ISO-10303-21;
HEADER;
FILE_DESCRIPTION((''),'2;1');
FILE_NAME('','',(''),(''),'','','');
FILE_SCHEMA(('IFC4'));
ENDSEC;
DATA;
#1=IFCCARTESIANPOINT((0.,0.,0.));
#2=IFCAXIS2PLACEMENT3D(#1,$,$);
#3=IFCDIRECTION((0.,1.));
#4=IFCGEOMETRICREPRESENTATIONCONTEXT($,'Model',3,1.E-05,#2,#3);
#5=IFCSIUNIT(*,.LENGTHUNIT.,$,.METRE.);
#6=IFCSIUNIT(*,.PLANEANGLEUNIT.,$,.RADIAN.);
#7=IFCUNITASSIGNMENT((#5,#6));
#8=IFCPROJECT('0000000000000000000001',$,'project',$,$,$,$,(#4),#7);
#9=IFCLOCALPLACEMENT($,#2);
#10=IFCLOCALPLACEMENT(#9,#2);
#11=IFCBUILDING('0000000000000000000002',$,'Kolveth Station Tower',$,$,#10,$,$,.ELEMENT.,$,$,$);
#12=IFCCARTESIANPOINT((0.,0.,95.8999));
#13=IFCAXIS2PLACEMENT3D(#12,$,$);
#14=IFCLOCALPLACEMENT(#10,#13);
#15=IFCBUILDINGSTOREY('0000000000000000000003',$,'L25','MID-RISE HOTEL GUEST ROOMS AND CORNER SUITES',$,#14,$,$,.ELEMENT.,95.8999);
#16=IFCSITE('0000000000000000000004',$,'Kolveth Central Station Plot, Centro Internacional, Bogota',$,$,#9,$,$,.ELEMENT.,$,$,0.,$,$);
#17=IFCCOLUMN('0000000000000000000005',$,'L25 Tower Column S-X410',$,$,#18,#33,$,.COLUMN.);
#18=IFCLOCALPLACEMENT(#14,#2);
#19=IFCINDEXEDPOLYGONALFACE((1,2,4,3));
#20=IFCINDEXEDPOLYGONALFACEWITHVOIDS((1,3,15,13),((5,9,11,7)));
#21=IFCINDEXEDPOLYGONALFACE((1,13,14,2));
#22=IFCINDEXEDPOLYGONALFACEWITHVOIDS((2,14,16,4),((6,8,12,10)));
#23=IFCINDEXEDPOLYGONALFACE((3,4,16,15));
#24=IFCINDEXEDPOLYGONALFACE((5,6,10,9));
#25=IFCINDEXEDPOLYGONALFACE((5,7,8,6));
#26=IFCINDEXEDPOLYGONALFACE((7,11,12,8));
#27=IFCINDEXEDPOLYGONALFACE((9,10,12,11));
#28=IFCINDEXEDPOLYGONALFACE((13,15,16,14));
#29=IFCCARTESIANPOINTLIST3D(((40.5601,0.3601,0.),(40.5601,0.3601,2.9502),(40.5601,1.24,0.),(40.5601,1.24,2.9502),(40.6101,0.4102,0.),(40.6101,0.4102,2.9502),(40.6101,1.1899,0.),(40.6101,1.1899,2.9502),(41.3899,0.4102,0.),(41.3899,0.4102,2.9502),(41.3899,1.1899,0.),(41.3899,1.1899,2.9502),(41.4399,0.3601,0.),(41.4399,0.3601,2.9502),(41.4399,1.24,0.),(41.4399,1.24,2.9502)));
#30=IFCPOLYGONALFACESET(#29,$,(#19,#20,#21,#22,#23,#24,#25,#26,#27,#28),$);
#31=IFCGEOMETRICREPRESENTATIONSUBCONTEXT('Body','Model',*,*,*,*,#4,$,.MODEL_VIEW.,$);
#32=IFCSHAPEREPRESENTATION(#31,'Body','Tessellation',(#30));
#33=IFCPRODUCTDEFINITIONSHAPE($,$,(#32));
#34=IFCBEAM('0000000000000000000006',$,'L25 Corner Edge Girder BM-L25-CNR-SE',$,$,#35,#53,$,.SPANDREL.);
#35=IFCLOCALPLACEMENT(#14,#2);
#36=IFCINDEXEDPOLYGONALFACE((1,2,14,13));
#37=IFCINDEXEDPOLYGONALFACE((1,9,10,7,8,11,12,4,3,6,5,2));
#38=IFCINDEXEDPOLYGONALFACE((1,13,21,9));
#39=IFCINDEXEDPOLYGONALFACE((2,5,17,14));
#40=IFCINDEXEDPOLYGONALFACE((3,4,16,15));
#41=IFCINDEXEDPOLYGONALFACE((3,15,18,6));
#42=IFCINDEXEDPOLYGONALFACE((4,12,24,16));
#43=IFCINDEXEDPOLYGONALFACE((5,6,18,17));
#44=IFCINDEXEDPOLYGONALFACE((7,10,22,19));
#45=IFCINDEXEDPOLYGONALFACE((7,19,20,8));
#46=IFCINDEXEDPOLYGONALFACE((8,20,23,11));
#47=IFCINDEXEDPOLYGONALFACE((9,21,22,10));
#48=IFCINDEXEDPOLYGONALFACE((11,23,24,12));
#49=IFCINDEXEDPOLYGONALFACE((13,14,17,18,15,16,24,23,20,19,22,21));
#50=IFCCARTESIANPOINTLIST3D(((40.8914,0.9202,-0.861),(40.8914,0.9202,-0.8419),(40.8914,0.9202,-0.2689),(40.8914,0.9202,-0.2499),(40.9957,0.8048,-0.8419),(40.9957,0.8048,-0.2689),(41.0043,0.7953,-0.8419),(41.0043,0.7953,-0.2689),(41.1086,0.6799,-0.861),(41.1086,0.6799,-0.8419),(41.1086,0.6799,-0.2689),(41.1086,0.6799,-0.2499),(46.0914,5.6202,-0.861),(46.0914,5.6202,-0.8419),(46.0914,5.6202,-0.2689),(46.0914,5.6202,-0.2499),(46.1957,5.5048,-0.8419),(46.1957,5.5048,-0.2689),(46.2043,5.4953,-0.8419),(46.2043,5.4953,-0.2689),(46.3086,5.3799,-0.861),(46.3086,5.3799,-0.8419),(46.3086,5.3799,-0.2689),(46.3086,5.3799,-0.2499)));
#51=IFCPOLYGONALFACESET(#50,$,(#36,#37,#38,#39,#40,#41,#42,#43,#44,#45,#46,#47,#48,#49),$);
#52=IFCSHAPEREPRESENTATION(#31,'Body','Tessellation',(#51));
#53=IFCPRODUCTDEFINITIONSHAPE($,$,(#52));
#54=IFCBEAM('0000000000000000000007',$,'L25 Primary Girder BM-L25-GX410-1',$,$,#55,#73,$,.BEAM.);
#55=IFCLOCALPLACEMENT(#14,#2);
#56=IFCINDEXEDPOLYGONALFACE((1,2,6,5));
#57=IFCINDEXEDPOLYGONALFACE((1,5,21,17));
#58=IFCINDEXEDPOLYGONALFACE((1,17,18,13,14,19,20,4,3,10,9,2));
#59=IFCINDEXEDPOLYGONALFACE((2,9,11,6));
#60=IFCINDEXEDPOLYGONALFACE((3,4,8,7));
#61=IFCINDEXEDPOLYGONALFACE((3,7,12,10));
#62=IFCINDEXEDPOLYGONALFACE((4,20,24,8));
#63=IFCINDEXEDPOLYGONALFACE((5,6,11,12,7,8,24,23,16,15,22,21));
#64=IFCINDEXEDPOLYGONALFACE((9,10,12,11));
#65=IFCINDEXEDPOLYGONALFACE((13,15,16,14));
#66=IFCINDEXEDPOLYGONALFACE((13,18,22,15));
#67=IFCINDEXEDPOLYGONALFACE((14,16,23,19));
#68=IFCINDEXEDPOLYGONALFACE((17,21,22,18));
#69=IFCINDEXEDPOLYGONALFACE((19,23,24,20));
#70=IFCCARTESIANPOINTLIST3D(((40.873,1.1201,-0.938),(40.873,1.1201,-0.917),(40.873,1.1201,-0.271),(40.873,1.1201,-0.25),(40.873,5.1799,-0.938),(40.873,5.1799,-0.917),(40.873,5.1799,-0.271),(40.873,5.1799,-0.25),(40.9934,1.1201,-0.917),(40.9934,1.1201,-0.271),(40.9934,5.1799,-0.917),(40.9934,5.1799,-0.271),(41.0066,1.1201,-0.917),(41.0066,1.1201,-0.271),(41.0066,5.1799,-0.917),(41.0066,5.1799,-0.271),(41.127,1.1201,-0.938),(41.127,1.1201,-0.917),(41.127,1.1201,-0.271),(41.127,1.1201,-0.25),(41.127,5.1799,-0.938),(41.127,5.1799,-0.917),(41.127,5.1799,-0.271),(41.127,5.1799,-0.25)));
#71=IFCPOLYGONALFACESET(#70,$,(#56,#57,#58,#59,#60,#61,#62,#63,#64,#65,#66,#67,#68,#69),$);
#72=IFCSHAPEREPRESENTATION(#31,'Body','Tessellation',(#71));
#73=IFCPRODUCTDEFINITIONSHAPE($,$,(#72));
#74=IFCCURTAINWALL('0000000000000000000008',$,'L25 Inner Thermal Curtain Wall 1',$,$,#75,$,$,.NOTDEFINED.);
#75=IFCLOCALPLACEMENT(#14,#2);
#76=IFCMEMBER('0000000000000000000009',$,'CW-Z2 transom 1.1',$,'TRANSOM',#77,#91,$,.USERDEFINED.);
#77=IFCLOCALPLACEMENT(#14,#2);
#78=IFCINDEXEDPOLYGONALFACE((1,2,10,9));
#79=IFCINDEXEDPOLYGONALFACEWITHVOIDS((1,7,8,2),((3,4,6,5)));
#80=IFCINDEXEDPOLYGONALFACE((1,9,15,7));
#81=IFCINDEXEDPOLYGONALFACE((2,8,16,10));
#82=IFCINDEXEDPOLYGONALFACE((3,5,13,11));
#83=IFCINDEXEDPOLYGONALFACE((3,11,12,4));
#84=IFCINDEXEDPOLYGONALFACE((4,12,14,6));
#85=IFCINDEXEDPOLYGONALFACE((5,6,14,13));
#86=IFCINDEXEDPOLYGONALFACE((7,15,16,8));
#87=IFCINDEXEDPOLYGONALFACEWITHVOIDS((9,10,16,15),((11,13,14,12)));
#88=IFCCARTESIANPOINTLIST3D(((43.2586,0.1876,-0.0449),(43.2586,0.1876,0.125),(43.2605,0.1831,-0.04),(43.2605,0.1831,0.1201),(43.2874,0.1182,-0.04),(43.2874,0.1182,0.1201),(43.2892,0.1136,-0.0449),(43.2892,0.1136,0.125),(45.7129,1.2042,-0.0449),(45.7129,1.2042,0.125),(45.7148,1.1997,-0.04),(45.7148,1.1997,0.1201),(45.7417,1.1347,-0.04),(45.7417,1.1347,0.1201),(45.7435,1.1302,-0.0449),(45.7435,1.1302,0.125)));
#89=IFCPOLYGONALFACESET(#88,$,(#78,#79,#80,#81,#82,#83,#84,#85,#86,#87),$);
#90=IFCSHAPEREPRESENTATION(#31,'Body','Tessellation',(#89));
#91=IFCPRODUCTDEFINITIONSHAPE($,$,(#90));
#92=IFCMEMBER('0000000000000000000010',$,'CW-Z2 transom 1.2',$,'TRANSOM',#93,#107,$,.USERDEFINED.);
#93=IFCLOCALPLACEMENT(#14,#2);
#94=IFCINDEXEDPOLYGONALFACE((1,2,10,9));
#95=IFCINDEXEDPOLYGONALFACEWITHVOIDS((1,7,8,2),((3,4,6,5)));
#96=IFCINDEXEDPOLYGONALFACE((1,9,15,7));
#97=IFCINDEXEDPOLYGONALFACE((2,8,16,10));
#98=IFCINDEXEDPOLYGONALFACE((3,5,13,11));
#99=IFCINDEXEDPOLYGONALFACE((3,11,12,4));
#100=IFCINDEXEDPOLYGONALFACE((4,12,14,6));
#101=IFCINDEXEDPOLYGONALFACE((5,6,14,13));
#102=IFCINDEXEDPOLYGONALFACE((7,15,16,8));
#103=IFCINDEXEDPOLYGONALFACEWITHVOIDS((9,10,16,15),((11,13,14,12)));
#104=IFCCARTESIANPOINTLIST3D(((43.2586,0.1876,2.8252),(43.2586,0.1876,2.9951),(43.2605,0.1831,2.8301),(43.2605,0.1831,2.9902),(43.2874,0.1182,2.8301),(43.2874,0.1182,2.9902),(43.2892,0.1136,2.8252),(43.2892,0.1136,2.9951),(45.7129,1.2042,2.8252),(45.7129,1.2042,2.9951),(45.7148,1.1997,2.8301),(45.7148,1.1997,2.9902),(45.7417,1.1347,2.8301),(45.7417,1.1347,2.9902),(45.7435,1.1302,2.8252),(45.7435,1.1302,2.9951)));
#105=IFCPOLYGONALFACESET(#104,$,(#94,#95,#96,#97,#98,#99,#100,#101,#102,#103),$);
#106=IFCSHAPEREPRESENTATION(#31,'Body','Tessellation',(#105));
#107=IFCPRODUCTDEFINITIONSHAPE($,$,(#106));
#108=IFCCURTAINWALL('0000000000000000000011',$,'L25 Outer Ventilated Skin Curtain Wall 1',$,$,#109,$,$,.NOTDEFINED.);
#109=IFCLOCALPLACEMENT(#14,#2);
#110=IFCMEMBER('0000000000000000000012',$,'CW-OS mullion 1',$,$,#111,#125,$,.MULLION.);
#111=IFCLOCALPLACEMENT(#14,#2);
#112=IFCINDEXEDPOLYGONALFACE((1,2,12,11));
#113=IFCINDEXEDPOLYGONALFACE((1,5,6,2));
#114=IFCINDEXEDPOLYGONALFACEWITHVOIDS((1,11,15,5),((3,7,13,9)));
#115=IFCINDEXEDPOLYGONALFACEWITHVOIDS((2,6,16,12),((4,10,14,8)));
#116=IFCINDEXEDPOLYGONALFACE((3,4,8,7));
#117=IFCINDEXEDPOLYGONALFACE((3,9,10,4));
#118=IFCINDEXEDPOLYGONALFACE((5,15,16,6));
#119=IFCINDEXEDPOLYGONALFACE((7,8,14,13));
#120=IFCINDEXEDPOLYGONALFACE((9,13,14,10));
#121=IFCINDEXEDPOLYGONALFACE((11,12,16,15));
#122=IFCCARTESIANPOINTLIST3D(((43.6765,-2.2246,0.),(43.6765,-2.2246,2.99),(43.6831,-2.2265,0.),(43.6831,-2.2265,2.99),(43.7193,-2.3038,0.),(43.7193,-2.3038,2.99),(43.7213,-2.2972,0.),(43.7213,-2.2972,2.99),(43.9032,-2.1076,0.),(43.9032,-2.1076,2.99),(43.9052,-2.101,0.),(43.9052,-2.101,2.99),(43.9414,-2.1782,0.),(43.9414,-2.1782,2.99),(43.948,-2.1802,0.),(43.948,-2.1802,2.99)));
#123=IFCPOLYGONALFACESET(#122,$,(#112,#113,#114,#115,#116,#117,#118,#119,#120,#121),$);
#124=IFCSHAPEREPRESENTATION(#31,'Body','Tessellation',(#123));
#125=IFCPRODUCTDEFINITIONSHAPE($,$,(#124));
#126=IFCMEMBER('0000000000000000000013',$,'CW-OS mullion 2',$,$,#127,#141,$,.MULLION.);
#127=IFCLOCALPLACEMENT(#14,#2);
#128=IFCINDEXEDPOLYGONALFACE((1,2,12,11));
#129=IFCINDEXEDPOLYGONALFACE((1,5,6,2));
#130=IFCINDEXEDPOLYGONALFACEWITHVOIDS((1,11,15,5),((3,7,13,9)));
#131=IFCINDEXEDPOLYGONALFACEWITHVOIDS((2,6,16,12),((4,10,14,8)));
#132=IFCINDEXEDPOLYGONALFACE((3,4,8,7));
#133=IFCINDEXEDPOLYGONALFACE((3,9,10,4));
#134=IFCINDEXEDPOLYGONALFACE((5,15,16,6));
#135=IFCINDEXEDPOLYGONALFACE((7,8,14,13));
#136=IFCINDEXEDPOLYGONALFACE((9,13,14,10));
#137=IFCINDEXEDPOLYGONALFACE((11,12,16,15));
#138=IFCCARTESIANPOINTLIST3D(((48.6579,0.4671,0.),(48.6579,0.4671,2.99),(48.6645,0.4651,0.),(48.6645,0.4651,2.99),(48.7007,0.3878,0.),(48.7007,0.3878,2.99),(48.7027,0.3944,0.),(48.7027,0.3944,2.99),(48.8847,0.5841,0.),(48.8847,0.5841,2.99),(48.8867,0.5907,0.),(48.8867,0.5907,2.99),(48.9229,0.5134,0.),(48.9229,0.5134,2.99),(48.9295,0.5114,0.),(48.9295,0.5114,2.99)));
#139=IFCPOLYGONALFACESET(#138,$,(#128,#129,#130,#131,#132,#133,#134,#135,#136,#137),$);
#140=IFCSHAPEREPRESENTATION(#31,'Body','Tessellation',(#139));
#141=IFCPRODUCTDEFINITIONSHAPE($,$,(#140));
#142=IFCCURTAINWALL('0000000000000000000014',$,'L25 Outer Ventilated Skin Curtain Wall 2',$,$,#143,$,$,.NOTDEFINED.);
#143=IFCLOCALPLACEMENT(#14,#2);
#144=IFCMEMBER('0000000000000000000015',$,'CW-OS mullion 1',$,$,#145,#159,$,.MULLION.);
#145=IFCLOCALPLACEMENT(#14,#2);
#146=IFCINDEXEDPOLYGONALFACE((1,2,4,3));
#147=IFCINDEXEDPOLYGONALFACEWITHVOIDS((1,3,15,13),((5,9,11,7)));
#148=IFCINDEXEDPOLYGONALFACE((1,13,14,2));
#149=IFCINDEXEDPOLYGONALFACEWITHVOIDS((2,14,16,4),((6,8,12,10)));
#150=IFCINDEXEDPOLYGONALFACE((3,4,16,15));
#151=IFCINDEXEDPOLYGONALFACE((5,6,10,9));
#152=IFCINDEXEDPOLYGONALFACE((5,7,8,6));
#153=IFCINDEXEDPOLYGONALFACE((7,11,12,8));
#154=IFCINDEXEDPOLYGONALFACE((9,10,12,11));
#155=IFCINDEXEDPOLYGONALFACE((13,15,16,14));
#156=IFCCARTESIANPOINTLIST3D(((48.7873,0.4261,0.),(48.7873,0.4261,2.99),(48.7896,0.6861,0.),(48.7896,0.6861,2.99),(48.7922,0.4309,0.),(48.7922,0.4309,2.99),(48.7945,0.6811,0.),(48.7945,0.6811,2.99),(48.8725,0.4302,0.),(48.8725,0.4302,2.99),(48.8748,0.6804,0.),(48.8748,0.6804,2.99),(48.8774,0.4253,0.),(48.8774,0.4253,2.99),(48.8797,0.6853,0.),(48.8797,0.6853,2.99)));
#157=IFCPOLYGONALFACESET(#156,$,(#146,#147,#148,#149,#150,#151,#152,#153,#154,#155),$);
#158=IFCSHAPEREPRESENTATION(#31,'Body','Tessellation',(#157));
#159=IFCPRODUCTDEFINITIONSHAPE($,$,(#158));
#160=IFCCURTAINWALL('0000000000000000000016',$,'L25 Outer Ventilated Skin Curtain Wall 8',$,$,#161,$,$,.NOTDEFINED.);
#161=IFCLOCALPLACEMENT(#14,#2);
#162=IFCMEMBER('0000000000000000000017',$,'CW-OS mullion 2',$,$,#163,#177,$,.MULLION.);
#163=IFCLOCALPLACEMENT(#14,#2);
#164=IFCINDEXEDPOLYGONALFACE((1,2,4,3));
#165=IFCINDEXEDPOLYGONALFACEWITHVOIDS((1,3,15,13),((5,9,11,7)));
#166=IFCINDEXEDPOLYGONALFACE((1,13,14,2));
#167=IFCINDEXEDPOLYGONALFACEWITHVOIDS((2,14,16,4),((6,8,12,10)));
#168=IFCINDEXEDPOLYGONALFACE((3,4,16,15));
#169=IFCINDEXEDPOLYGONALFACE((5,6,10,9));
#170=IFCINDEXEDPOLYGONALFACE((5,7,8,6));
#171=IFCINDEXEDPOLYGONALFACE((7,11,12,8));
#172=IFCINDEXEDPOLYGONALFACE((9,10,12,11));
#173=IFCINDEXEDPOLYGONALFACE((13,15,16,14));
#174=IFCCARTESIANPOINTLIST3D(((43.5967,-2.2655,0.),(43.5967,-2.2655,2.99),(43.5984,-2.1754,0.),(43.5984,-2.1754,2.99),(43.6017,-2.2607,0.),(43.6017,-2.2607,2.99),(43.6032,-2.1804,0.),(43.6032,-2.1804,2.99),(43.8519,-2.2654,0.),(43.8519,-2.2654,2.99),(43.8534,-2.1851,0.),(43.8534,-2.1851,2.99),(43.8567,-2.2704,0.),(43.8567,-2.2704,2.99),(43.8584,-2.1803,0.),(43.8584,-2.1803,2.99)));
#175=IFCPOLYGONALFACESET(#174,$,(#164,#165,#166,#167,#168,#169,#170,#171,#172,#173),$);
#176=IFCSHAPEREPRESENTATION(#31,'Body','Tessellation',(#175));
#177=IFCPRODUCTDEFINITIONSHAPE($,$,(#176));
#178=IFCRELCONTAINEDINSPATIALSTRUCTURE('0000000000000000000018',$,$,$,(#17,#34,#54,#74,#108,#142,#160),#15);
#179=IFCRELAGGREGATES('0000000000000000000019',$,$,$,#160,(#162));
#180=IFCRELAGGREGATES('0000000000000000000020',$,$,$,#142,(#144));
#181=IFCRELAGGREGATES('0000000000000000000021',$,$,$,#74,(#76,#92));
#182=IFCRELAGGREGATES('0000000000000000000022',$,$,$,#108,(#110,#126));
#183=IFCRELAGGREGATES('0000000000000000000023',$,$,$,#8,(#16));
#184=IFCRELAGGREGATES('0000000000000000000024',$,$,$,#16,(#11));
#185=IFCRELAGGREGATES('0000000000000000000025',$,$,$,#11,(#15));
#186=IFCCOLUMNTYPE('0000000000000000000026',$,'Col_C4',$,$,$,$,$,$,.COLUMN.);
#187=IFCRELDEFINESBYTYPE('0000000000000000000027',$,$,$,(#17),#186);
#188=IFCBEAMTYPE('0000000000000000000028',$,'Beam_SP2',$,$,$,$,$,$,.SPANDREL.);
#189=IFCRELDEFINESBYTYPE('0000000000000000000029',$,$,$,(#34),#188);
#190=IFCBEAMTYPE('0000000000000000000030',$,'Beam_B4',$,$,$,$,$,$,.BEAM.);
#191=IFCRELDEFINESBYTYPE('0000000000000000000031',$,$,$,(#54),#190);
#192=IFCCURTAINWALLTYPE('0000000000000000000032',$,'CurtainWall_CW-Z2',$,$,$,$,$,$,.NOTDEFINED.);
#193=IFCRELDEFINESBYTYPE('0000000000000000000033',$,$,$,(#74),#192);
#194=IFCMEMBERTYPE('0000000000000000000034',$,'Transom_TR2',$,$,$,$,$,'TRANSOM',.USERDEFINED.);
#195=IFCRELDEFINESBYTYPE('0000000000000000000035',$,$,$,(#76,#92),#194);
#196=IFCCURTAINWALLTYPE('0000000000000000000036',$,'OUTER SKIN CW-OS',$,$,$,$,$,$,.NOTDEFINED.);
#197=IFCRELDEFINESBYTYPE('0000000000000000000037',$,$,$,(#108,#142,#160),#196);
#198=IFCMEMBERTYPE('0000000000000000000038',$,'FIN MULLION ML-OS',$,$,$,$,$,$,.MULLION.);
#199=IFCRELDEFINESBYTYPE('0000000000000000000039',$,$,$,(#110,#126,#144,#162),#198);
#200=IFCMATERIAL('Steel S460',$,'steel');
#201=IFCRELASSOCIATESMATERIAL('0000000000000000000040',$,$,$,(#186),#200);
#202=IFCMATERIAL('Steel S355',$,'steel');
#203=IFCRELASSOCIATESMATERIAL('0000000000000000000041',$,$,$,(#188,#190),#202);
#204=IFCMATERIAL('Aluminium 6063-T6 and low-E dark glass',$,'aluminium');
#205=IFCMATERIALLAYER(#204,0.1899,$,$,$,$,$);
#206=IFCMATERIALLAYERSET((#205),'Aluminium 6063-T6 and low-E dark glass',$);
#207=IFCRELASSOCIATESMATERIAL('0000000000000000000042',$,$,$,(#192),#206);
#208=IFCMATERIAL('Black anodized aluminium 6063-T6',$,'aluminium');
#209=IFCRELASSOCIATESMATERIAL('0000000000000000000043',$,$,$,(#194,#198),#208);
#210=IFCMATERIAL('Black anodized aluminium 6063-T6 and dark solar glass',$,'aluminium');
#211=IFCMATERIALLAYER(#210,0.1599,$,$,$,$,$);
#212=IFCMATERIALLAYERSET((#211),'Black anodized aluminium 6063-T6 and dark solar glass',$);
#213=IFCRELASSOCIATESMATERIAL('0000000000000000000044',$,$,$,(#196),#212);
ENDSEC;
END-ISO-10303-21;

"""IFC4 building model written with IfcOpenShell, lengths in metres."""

from ifc_helpers import new_model, si_unit, direction, frame, origin, origin_2d, place, context, subcontext, project, spatial, hollow_rectangle, i_section, extrude, source, transform, mapped, material, layer, layer_set, material_profile, profile_set, type_object, element, aggregate, save


model = new_model("IFC4")

# Units and contexts
model_context = context("Model", 3, precision=1e-05, world=origin(), true_north=direction((0.0, 1.0)))
body_context = subcontext(model_context, "Body", "Model", "MODEL_VIEW")
ifc_project = project(units=[si_unit("LENGTHUNIT", "METRE"), si_unit("PLANEANGLEUNIT", "RADIAN")], contexts=[model_context])

# Site, building, storey
site_placement = place(None, origin())
site = spatial("IfcSite", under=ifc_project, at=site_placement, Name="Kolveth Central Station Plot, Centro Internacional, Bogota", CompositionType="ELEMENT", RefElevation=0.0)
building_placement = place(site_placement, origin())
building = spatial("IfcBuilding", under=site, at=building_placement, Name="Kolveth Station Tower", CompositionType="ELEMENT")
storey_placement = place(building_placement, frame((0.0, 0.0, 95.8999)))
storey = spatial("IfcBuildingStorey", under=building, at=storey_placement, Name="L25", Description="MID-RISE HOTEL GUEST ROOMS AND CORNER SUITES", CompositionType="ELEMENT", Elevation=95.8999)

# Column
ifc_material_1 = material(Name="Steel S460", Category="steel")
ifc_material_profile_1 = material_profile(ifc_material_1, hollow_rectangle(XDim=0.8799, YDim=0.8799, WallThickness=0.05, at=origin_2d()), Name="BOX880x880x50")
ifc_profile_set_1 = profile_set([ifc_material_profile_1], Name="Steel S460")
column_type = type_object("IfcColumnType", Name="Col_C4", PredefinedType="COLUMN", material=ifc_profile_set_1)
shared_shape_1 = source(origin(), body_context, "Body", "SweptSolid", [
    extrude(hollow_rectangle(XDim=0.8799, YDim=0.8799, WallThickness=0.05, at=origin_2d()), origin(), (0.0, 0.0, 1.0), 2.9502),
])
column_placement = place(storey_placement, frame((41.0, 0.8, 0.0), z_axis=(0.0, 0.0, 1.0), x_axis=(1.0, 0.0, 0.0)))
element("IfcColumn", 1, at=column_placement, inside=storey, type_object=column_type, Name="L25 Tower Column S-X410", PredefinedType="COLUMN", context=body_context, shape_type="MappedRepresentation", body=[
    mapped(shared_shape_1, transform((0.0, 0.0, 0.0), x_axis=(1.0, 0.0, 0.0), y_axis=(0.0, 1.0, 0.0), z_axis=(0.0, 0.0, 1.0), scale=1.0)),
])

# Beams
ifc_material_2 = material(Name="Steel S355", Category="steel")
ifc_material_profile_2 = material_profile(ifc_material_2, i_section(OverallWidth=0.324, OverallDepth=0.6111, WebThickness=0.0127, FlangeThickness=0.019, at=origin_2d()), Name="W610x155")
ifc_profile_set_2 = profile_set([ifc_material_profile_2], Name="Steel S355")
beam_type_1 = type_object("IfcBeamType", Name="Beam_SP2", PredefinedType="SPANDREL", material=ifc_profile_set_2)
shared_shape_2 = source(origin(), body_context, "Body", "SweptSolid", [
    extrude(i_section(OverallWidth=0.324, OverallDepth=0.6111, WebThickness=0.0127, FlangeThickness=0.019, at=origin_2d()), origin(), (0.0, 0.0, 1.0), 7.0093),
])
beam_1_placement = place(storey_placement, frame((41.0, 0.8, -0.5554), z_axis=(0.741874, 0.670539, 0.0), x_axis=(-0.670539, 0.741874, 0.0)))
element("IfcBeam", 2, at=beam_1_placement, inside=storey, type_object=beam_type_1, Name="L25 Corner Edge Girder BM-L25-CNR-SE", PredefinedType="SPANDREL", context=body_context, shape_type="MappedRepresentation", body=[
    mapped(shared_shape_2, transform((0.0, 0.0, 0.0), x_axis=(1.0, 0.0, 0.0), y_axis=(0.0, 1.0, 0.0), z_axis=(0.0, 0.0, 1.0), scale=1.0)),
])
ifc_material_profile_3 = material_profile(ifc_material_2, i_section(OverallWidth=0.2539, OverallDepth=0.688, WebThickness=0.0132, FlangeThickness=0.021, at=origin_2d()), Name="W690x152")
ifc_profile_set_3 = profile_set([ifc_material_profile_3], Name="Steel S355")
beam_type_2 = type_object("IfcBeamType", Name="Beam_B4", PredefinedType="BEAM", material=ifc_profile_set_3)
shared_shape_3 = source(origin(), body_context, "Body", "SweptSolid", [
    extrude(i_section(OverallWidth=0.2539, OverallDepth=0.688, WebThickness=0.0132, FlangeThickness=0.021, at=origin_2d()), origin(), (0.0, 0.0, 1.0), 4.0598),
])
beam_2_placement = place(storey_placement, frame((41.0, 1.1201, -0.594), z_axis=(0.0, 1.0, 0.0), x_axis=(-1.0, 0.0, 0.0)))
element("IfcBeam", 3, at=beam_2_placement, inside=storey, type_object=beam_type_2, Name="L25 Primary Girder BM-L25-GX410-1", PredefinedType="BEAM", context=body_context, shape_type="MappedRepresentation", body=[
    mapped(shared_shape_3, transform((0.0, 0.0, 0.0), x_axis=(1.0, 0.0, 0.0), y_axis=(0.0, 1.0, 0.0), z_axis=(0.0, 0.0, 1.0), scale=1.0)),
])

# Curtain walls, members
ifc_material_3 = material(Name="Aluminium 6063-T6 and low-E dark glass", Category="aluminium")
ifc_layer_1 = layer(ifc_material_3, 0.1899)
ifc_layer_set_1 = layer_set([ifc_layer_1], Name="Aluminium 6063-T6 and low-E dark glass")
curtain_wall_type_1 = type_object("IfcCurtainWallType", Name="CurtainWall_CW-Z2", PredefinedType="NOTDEFINED", material=ifc_layer_set_1)
curtain_wall_1_placement = place(storey_placement, origin())
curtain_wall_1 = element("IfcCurtainWall", 4, at=curtain_wall_1_placement, inside=storey, type_object=curtain_wall_type_1, Name="L25 Inner Thermal Curtain Wall 1", PredefinedType="NOTDEFINED")
ifc_material_4 = material(Name="Black anodized aluminium 6063-T6", Category="aluminium")
ifc_material_profile_4 = material_profile(ifc_material_4, hollow_rectangle(XDim=0.0801, YDim=0.1699, WallThickness=0.0049, at=origin_2d()), Name="ALU-80x170x5")
ifc_profile_set_4 = profile_set([ifc_material_profile_4], Name="Black anodized aluminium 6063-T6")
member_type_1 = type_object("IfcMemberType", Name="Transom_TR2", ElementType="TRANSOM", PredefinedType="USERDEFINED", material=ifc_profile_set_4)
shared_shape_4 = source(origin(), body_context, "Body", "SweptSolid", [
    extrude(hollow_rectangle(XDim=0.0801, YDim=0.1699, WallThickness=0.0049, at=origin_2d()), origin(), (0.0, 0.0, 1.0), 2.6565),
])
member_1_placement = place(storey_placement, frame((43.2739, 0.1506, 0.04), z_axis=(0.923882, 0.382676, 0.0), x_axis=(-0.382676, 0.923882, 0.0)))
member_1 = element("IfcMember", 5, at=member_1_placement, type_object=member_type_1, Name="CW-Z2 transom 1.1", ObjectType="TRANSOM", PredefinedType="USERDEFINED", context=body_context, shape_type="MappedRepresentation", body=[
    mapped(shared_shape_4, transform((0.0, 0.0, 0.0), x_axis=(1.0, 0.0, 0.0), y_axis=(0.0, 1.0, 0.0), z_axis=(0.0, 0.0, 1.0), scale=1.0)),
])
member_2_placement = place(storey_placement, frame((43.2739, 0.1506, 2.9102), z_axis=(0.923882, 0.382676, 0.0), x_axis=(-0.382676, 0.923882, 0.0)))
member_2 = element("IfcMember", 6, at=member_2_placement, type_object=member_type_1, Name="CW-Z2 transom 1.2", ObjectType="TRANSOM", PredefinedType="USERDEFINED", context=body_context, shape_type="MappedRepresentation", body=[
    mapped(shared_shape_4, transform((0.0, 0.0, 0.0), x_axis=(1.0, 0.0, 0.0), y_axis=(0.0, 1.0, 0.0), z_axis=(0.0, 0.0, 1.0), scale=1.0)),
])
ifc_material_5 = material(Name="Black anodized aluminium 6063-T6 and dark solar glass", Category="aluminium")
ifc_layer_2 = layer(ifc_material_5, 0.1599)
ifc_layer_set_2 = layer_set([ifc_layer_2], Name="Black anodized aluminium 6063-T6 and dark solar glass")
curtain_wall_type_2 = type_object("IfcCurtainWallType", Name="OUTER SKIN CW-OS", PredefinedType="NOTDEFINED", material=ifc_layer_set_2)
curtain_wall_2_placement = place(storey_placement, origin())
curtain_wall_2 = element("IfcCurtainWall", 7, at=curtain_wall_2_placement, inside=storey, type_object=curtain_wall_type_2, Name="L25 Outer Ventilated Skin Curtain Wall 1", PredefinedType="NOTDEFINED")
ifc_material_profile_5 = material_profile(ifc_material_4, hollow_rectangle(XDim=0.0901, YDim=0.26, WallThickness=0.0049, at=origin_2d()), Name="ALU-90x260x5")
ifc_profile_set_5 = profile_set([ifc_material_profile_5], Name="Black anodized aluminium 6063-T6")
member_type_2 = type_object("IfcMemberType", Name="FIN MULLION ML-OS", PredefinedType="MULLION", material=ifc_profile_set_5)
shared_shape_5 = source(origin(), body_context, "Body", "SweptSolid", [
    extrude(hollow_rectangle(XDim=0.0901, YDim=0.26, WallThickness=0.0049, at=origin_2d()), origin(), (0.0, 0.0, 1.0), 2.99),
])
member_3_placement = place(storey_placement, frame((43.8123, -2.2024, 0.0), z_axis=(0.0, 0.0, 1.0), x_axis=(-0.475374, 0.879784, 0.0)))
member_3 = element("IfcMember", 8, at=member_3_placement, type_object=member_type_2, Name="CW-OS mullion 1", PredefinedType="MULLION", context=body_context, shape_type="MappedRepresentation", body=[
    mapped(shared_shape_5, transform((0.0, 0.0, 0.0), x_axis=(1.0, 0.0, 0.0), y_axis=(0.0, 1.0, 0.0), z_axis=(0.0, 0.0, 1.0), scale=1.0)),
])
member_4_placement = place(storey_placement, frame((48.7937, 0.4893, 0.0), z_axis=(0.0, 0.0, 1.0), x_axis=(-0.475374, 0.879784, 0.0)))
member_4 = element("IfcMember", 9, at=member_4_placement, type_object=member_type_2, Name="CW-OS mullion 2", PredefinedType="MULLION", context=body_context, shape_type="MappedRepresentation", body=[
    mapped(shared_shape_5, transform((0.0, 0.0, 0.0), x_axis=(1.0, 0.0, 0.0), y_axis=(0.0, 1.0, 0.0), z_axis=(0.0, 0.0, 1.0), scale=1.0)),
])

# Curtain walls, members
curtain_wall_3_placement = place(storey_placement, origin())
curtain_wall_3 = element("IfcCurtainWall", 10, at=curtain_wall_3_placement, inside=storey, type_object=curtain_wall_type_2, Name="L25 Outer Ventilated Skin Curtain Wall 2", PredefinedType="NOTDEFINED")
member_5_placement = place(storey_placement, frame((48.8335, 0.5557, 0.0), z_axis=(0.0, 0.0, 1.0), x_axis=(-0.999959, 0.009066, 0.0)))
member_5 = element("IfcMember", 11, at=member_5_placement, type_object=member_type_2, Name="CW-OS mullion 1", PredefinedType="MULLION", context=body_context, shape_type="MappedRepresentation", body=[
    mapped(shared_shape_5, transform((0.0, 0.0, 0.0), x_axis=(1.0, 0.0, 0.0), y_axis=(0.0, 1.0, 0.0), z_axis=(0.0, 0.0, 1.0), scale=1.0)),
])
curtain_wall_4_placement = place(storey_placement, origin())
curtain_wall_4 = element("IfcCurtainWall", 12, at=curtain_wall_4_placement, inside=storey, type_object=curtain_wall_type_2, Name="L25 Outer Ventilated Skin Curtain Wall 8", PredefinedType="NOTDEFINED")
member_6_placement = place(storey_placement, frame((43.7275, -2.2229, 0.0), z_axis=(0.0, 0.0, 1.0), x_axis=(0.018786, 0.999824, 0.0)))
member_6 = element("IfcMember", 13, at=member_6_placement, type_object=member_type_2, Name="CW-OS mullion 2", PredefinedType="MULLION", context=body_context, shape_type="MappedRepresentation", body=[
    mapped(shared_shape_5, transform((0.0, 0.0, 0.0), x_axis=(1.0, 0.0, 0.0), y_axis=(0.0, 1.0, 0.0), z_axis=(0.0, 0.0, 1.0), scale=1.0)),
])
aggregate(curtain_wall_4, [member_6])

aggregate(curtain_wall_3, [member_5])

aggregate(curtain_wall_1, [member_1, member_2])
aggregate(curtain_wall_2, [member_3, member_4])

save(model, "model.ifc")
